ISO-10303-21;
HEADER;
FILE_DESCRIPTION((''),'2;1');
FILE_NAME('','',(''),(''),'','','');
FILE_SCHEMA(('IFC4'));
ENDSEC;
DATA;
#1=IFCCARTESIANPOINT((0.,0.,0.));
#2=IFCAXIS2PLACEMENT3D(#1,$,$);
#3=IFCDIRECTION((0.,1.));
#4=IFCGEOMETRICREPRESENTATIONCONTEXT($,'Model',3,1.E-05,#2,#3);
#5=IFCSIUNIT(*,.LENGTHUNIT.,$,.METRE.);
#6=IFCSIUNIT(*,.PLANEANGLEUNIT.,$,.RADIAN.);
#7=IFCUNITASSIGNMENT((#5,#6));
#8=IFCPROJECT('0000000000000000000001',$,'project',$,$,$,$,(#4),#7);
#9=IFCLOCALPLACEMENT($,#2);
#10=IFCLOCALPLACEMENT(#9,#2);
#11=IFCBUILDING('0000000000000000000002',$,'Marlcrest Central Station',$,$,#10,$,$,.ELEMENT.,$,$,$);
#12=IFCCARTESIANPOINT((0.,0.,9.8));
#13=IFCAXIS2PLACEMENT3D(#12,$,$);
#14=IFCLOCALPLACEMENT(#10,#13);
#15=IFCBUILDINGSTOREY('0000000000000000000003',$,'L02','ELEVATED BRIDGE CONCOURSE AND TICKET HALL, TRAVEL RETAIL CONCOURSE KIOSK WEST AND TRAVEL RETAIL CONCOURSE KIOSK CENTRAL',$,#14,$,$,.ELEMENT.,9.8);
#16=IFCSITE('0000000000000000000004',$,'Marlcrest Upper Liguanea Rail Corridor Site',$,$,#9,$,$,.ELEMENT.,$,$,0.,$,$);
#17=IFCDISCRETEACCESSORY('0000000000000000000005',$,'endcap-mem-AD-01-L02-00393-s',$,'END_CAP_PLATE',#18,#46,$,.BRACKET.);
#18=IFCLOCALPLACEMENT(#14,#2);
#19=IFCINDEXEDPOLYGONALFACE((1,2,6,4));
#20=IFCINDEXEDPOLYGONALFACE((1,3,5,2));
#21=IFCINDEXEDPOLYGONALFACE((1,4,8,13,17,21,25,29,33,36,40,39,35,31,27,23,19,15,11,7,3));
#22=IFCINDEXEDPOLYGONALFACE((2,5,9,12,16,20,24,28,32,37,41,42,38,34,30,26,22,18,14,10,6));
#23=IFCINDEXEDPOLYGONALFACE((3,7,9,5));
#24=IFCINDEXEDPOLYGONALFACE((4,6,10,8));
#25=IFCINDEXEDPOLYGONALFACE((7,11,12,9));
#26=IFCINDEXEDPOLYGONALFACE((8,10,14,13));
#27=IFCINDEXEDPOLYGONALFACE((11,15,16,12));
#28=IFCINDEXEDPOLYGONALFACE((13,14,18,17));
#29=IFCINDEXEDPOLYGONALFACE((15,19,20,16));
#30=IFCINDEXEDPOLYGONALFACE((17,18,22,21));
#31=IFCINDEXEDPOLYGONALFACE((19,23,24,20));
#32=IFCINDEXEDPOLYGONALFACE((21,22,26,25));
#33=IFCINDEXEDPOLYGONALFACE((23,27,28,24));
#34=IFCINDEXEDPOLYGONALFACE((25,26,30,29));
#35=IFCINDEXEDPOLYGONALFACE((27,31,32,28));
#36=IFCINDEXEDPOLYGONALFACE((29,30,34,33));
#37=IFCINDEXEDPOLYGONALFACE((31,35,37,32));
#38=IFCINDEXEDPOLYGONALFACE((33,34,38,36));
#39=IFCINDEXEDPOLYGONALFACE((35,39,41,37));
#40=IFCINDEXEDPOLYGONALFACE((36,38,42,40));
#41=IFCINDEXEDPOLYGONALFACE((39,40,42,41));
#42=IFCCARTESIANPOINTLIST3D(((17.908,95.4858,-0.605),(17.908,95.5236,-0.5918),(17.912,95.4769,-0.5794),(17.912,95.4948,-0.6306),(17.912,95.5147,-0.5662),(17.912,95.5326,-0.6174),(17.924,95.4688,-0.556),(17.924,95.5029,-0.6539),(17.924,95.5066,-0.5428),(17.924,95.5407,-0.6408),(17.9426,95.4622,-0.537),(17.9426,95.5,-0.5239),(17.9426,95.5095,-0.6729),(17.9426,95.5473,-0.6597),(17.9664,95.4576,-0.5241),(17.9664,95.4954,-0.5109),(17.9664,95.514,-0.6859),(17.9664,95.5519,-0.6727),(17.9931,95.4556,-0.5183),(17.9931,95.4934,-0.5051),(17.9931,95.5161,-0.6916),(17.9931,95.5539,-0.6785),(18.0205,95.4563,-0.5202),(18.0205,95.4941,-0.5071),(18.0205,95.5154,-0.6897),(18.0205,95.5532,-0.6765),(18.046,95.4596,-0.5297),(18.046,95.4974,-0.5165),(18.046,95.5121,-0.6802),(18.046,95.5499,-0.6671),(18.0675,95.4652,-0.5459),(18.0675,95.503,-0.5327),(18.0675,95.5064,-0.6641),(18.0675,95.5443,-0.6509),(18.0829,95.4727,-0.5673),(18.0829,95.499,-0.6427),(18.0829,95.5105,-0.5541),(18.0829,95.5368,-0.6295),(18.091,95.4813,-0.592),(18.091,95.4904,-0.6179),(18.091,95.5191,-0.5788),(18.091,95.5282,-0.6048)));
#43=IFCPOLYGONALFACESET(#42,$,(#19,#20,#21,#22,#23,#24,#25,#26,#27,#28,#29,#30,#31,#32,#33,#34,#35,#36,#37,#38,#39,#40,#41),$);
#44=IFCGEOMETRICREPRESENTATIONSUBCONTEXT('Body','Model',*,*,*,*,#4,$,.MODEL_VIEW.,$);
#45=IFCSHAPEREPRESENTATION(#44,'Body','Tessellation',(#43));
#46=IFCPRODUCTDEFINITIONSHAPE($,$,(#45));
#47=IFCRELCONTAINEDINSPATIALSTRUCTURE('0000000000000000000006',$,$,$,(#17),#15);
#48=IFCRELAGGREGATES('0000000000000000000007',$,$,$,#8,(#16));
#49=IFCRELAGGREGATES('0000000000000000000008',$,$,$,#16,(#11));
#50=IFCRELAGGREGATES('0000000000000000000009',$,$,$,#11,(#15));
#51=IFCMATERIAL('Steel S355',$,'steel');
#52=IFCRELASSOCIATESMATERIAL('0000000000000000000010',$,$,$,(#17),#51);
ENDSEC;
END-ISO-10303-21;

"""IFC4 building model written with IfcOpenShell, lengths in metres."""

from ifc_helpers import new_model, si_unit, direction, frame, origin, origin_2d, place, context, subcontext, project, spatial, circle, extrude, material, element, save


model = new_model("IFC4")

# Units and contexts
model_context = context("Model", 3, precision=1e-05, world=origin(), true_north=direction((0.0, 1.0)))
body_context = subcontext(model_context, "Body", "Model", "MODEL_VIEW")
ifc_project = project(units=[si_unit("LENGTHUNIT", "METRE"), si_unit("PLANEANGLEUNIT", "RADIAN")], contexts=[model_context])

# Site, building, storey
site_placement = place(None, origin())
site = spatial("IfcSite", under=ifc_project, at=site_placement, Name="Marlcrest Upper Liguanea Rail Corridor Site", CompositionType="ELEMENT", RefElevation=0.0)
building_placement = place(site_placement, origin())
building = spatial("IfcBuilding", under=site, at=building_placement, Name="Marlcrest Central Station", CompositionType="ELEMENT")
storey_placement = place(building_placement, frame((0.0, 0.0, 9.8)))
storey = spatial("IfcBuildingStorey", under=building, at=storey_placement, Name="L02", Description="ELEVATED BRIDGE CONCOURSE AND TICKET HALL, TRAVEL RETAIL CONCOURSE KIOSK WEST AND TRAVEL RETAIL CONCOURSE KIOSK CENTRAL", CompositionType="ELEMENT", Elevation=9.8)

# Shared definitions
ifc_material_1 = material(Name="Steel S355", Category="steel")

# Discrete accessory
discrete_accessory_1_placement = place(storey_placement, frame((18.0, 95.4858, -0.605), z_axis=(0.0, 0.94426, 0.3292), x_axis=(-1.0, 0.0, 0.0)))
element("IfcDiscreteAccessory", 1, at=discrete_accessory_1_placement, inside=storey, material=ifc_material_1, Name="endcap-mem-AD-01-L02-00393-s", ObjectType="END_CAP_PLATE", PredefinedType="BRACKET", context=body_context, shape_type="SweptSolid", body=[
    extrude(circle(Radius=0.092, at=origin_2d()), origin(), (0.0, 0.0, 1.0), 0.04),
])

save(model, "model.ifc")
